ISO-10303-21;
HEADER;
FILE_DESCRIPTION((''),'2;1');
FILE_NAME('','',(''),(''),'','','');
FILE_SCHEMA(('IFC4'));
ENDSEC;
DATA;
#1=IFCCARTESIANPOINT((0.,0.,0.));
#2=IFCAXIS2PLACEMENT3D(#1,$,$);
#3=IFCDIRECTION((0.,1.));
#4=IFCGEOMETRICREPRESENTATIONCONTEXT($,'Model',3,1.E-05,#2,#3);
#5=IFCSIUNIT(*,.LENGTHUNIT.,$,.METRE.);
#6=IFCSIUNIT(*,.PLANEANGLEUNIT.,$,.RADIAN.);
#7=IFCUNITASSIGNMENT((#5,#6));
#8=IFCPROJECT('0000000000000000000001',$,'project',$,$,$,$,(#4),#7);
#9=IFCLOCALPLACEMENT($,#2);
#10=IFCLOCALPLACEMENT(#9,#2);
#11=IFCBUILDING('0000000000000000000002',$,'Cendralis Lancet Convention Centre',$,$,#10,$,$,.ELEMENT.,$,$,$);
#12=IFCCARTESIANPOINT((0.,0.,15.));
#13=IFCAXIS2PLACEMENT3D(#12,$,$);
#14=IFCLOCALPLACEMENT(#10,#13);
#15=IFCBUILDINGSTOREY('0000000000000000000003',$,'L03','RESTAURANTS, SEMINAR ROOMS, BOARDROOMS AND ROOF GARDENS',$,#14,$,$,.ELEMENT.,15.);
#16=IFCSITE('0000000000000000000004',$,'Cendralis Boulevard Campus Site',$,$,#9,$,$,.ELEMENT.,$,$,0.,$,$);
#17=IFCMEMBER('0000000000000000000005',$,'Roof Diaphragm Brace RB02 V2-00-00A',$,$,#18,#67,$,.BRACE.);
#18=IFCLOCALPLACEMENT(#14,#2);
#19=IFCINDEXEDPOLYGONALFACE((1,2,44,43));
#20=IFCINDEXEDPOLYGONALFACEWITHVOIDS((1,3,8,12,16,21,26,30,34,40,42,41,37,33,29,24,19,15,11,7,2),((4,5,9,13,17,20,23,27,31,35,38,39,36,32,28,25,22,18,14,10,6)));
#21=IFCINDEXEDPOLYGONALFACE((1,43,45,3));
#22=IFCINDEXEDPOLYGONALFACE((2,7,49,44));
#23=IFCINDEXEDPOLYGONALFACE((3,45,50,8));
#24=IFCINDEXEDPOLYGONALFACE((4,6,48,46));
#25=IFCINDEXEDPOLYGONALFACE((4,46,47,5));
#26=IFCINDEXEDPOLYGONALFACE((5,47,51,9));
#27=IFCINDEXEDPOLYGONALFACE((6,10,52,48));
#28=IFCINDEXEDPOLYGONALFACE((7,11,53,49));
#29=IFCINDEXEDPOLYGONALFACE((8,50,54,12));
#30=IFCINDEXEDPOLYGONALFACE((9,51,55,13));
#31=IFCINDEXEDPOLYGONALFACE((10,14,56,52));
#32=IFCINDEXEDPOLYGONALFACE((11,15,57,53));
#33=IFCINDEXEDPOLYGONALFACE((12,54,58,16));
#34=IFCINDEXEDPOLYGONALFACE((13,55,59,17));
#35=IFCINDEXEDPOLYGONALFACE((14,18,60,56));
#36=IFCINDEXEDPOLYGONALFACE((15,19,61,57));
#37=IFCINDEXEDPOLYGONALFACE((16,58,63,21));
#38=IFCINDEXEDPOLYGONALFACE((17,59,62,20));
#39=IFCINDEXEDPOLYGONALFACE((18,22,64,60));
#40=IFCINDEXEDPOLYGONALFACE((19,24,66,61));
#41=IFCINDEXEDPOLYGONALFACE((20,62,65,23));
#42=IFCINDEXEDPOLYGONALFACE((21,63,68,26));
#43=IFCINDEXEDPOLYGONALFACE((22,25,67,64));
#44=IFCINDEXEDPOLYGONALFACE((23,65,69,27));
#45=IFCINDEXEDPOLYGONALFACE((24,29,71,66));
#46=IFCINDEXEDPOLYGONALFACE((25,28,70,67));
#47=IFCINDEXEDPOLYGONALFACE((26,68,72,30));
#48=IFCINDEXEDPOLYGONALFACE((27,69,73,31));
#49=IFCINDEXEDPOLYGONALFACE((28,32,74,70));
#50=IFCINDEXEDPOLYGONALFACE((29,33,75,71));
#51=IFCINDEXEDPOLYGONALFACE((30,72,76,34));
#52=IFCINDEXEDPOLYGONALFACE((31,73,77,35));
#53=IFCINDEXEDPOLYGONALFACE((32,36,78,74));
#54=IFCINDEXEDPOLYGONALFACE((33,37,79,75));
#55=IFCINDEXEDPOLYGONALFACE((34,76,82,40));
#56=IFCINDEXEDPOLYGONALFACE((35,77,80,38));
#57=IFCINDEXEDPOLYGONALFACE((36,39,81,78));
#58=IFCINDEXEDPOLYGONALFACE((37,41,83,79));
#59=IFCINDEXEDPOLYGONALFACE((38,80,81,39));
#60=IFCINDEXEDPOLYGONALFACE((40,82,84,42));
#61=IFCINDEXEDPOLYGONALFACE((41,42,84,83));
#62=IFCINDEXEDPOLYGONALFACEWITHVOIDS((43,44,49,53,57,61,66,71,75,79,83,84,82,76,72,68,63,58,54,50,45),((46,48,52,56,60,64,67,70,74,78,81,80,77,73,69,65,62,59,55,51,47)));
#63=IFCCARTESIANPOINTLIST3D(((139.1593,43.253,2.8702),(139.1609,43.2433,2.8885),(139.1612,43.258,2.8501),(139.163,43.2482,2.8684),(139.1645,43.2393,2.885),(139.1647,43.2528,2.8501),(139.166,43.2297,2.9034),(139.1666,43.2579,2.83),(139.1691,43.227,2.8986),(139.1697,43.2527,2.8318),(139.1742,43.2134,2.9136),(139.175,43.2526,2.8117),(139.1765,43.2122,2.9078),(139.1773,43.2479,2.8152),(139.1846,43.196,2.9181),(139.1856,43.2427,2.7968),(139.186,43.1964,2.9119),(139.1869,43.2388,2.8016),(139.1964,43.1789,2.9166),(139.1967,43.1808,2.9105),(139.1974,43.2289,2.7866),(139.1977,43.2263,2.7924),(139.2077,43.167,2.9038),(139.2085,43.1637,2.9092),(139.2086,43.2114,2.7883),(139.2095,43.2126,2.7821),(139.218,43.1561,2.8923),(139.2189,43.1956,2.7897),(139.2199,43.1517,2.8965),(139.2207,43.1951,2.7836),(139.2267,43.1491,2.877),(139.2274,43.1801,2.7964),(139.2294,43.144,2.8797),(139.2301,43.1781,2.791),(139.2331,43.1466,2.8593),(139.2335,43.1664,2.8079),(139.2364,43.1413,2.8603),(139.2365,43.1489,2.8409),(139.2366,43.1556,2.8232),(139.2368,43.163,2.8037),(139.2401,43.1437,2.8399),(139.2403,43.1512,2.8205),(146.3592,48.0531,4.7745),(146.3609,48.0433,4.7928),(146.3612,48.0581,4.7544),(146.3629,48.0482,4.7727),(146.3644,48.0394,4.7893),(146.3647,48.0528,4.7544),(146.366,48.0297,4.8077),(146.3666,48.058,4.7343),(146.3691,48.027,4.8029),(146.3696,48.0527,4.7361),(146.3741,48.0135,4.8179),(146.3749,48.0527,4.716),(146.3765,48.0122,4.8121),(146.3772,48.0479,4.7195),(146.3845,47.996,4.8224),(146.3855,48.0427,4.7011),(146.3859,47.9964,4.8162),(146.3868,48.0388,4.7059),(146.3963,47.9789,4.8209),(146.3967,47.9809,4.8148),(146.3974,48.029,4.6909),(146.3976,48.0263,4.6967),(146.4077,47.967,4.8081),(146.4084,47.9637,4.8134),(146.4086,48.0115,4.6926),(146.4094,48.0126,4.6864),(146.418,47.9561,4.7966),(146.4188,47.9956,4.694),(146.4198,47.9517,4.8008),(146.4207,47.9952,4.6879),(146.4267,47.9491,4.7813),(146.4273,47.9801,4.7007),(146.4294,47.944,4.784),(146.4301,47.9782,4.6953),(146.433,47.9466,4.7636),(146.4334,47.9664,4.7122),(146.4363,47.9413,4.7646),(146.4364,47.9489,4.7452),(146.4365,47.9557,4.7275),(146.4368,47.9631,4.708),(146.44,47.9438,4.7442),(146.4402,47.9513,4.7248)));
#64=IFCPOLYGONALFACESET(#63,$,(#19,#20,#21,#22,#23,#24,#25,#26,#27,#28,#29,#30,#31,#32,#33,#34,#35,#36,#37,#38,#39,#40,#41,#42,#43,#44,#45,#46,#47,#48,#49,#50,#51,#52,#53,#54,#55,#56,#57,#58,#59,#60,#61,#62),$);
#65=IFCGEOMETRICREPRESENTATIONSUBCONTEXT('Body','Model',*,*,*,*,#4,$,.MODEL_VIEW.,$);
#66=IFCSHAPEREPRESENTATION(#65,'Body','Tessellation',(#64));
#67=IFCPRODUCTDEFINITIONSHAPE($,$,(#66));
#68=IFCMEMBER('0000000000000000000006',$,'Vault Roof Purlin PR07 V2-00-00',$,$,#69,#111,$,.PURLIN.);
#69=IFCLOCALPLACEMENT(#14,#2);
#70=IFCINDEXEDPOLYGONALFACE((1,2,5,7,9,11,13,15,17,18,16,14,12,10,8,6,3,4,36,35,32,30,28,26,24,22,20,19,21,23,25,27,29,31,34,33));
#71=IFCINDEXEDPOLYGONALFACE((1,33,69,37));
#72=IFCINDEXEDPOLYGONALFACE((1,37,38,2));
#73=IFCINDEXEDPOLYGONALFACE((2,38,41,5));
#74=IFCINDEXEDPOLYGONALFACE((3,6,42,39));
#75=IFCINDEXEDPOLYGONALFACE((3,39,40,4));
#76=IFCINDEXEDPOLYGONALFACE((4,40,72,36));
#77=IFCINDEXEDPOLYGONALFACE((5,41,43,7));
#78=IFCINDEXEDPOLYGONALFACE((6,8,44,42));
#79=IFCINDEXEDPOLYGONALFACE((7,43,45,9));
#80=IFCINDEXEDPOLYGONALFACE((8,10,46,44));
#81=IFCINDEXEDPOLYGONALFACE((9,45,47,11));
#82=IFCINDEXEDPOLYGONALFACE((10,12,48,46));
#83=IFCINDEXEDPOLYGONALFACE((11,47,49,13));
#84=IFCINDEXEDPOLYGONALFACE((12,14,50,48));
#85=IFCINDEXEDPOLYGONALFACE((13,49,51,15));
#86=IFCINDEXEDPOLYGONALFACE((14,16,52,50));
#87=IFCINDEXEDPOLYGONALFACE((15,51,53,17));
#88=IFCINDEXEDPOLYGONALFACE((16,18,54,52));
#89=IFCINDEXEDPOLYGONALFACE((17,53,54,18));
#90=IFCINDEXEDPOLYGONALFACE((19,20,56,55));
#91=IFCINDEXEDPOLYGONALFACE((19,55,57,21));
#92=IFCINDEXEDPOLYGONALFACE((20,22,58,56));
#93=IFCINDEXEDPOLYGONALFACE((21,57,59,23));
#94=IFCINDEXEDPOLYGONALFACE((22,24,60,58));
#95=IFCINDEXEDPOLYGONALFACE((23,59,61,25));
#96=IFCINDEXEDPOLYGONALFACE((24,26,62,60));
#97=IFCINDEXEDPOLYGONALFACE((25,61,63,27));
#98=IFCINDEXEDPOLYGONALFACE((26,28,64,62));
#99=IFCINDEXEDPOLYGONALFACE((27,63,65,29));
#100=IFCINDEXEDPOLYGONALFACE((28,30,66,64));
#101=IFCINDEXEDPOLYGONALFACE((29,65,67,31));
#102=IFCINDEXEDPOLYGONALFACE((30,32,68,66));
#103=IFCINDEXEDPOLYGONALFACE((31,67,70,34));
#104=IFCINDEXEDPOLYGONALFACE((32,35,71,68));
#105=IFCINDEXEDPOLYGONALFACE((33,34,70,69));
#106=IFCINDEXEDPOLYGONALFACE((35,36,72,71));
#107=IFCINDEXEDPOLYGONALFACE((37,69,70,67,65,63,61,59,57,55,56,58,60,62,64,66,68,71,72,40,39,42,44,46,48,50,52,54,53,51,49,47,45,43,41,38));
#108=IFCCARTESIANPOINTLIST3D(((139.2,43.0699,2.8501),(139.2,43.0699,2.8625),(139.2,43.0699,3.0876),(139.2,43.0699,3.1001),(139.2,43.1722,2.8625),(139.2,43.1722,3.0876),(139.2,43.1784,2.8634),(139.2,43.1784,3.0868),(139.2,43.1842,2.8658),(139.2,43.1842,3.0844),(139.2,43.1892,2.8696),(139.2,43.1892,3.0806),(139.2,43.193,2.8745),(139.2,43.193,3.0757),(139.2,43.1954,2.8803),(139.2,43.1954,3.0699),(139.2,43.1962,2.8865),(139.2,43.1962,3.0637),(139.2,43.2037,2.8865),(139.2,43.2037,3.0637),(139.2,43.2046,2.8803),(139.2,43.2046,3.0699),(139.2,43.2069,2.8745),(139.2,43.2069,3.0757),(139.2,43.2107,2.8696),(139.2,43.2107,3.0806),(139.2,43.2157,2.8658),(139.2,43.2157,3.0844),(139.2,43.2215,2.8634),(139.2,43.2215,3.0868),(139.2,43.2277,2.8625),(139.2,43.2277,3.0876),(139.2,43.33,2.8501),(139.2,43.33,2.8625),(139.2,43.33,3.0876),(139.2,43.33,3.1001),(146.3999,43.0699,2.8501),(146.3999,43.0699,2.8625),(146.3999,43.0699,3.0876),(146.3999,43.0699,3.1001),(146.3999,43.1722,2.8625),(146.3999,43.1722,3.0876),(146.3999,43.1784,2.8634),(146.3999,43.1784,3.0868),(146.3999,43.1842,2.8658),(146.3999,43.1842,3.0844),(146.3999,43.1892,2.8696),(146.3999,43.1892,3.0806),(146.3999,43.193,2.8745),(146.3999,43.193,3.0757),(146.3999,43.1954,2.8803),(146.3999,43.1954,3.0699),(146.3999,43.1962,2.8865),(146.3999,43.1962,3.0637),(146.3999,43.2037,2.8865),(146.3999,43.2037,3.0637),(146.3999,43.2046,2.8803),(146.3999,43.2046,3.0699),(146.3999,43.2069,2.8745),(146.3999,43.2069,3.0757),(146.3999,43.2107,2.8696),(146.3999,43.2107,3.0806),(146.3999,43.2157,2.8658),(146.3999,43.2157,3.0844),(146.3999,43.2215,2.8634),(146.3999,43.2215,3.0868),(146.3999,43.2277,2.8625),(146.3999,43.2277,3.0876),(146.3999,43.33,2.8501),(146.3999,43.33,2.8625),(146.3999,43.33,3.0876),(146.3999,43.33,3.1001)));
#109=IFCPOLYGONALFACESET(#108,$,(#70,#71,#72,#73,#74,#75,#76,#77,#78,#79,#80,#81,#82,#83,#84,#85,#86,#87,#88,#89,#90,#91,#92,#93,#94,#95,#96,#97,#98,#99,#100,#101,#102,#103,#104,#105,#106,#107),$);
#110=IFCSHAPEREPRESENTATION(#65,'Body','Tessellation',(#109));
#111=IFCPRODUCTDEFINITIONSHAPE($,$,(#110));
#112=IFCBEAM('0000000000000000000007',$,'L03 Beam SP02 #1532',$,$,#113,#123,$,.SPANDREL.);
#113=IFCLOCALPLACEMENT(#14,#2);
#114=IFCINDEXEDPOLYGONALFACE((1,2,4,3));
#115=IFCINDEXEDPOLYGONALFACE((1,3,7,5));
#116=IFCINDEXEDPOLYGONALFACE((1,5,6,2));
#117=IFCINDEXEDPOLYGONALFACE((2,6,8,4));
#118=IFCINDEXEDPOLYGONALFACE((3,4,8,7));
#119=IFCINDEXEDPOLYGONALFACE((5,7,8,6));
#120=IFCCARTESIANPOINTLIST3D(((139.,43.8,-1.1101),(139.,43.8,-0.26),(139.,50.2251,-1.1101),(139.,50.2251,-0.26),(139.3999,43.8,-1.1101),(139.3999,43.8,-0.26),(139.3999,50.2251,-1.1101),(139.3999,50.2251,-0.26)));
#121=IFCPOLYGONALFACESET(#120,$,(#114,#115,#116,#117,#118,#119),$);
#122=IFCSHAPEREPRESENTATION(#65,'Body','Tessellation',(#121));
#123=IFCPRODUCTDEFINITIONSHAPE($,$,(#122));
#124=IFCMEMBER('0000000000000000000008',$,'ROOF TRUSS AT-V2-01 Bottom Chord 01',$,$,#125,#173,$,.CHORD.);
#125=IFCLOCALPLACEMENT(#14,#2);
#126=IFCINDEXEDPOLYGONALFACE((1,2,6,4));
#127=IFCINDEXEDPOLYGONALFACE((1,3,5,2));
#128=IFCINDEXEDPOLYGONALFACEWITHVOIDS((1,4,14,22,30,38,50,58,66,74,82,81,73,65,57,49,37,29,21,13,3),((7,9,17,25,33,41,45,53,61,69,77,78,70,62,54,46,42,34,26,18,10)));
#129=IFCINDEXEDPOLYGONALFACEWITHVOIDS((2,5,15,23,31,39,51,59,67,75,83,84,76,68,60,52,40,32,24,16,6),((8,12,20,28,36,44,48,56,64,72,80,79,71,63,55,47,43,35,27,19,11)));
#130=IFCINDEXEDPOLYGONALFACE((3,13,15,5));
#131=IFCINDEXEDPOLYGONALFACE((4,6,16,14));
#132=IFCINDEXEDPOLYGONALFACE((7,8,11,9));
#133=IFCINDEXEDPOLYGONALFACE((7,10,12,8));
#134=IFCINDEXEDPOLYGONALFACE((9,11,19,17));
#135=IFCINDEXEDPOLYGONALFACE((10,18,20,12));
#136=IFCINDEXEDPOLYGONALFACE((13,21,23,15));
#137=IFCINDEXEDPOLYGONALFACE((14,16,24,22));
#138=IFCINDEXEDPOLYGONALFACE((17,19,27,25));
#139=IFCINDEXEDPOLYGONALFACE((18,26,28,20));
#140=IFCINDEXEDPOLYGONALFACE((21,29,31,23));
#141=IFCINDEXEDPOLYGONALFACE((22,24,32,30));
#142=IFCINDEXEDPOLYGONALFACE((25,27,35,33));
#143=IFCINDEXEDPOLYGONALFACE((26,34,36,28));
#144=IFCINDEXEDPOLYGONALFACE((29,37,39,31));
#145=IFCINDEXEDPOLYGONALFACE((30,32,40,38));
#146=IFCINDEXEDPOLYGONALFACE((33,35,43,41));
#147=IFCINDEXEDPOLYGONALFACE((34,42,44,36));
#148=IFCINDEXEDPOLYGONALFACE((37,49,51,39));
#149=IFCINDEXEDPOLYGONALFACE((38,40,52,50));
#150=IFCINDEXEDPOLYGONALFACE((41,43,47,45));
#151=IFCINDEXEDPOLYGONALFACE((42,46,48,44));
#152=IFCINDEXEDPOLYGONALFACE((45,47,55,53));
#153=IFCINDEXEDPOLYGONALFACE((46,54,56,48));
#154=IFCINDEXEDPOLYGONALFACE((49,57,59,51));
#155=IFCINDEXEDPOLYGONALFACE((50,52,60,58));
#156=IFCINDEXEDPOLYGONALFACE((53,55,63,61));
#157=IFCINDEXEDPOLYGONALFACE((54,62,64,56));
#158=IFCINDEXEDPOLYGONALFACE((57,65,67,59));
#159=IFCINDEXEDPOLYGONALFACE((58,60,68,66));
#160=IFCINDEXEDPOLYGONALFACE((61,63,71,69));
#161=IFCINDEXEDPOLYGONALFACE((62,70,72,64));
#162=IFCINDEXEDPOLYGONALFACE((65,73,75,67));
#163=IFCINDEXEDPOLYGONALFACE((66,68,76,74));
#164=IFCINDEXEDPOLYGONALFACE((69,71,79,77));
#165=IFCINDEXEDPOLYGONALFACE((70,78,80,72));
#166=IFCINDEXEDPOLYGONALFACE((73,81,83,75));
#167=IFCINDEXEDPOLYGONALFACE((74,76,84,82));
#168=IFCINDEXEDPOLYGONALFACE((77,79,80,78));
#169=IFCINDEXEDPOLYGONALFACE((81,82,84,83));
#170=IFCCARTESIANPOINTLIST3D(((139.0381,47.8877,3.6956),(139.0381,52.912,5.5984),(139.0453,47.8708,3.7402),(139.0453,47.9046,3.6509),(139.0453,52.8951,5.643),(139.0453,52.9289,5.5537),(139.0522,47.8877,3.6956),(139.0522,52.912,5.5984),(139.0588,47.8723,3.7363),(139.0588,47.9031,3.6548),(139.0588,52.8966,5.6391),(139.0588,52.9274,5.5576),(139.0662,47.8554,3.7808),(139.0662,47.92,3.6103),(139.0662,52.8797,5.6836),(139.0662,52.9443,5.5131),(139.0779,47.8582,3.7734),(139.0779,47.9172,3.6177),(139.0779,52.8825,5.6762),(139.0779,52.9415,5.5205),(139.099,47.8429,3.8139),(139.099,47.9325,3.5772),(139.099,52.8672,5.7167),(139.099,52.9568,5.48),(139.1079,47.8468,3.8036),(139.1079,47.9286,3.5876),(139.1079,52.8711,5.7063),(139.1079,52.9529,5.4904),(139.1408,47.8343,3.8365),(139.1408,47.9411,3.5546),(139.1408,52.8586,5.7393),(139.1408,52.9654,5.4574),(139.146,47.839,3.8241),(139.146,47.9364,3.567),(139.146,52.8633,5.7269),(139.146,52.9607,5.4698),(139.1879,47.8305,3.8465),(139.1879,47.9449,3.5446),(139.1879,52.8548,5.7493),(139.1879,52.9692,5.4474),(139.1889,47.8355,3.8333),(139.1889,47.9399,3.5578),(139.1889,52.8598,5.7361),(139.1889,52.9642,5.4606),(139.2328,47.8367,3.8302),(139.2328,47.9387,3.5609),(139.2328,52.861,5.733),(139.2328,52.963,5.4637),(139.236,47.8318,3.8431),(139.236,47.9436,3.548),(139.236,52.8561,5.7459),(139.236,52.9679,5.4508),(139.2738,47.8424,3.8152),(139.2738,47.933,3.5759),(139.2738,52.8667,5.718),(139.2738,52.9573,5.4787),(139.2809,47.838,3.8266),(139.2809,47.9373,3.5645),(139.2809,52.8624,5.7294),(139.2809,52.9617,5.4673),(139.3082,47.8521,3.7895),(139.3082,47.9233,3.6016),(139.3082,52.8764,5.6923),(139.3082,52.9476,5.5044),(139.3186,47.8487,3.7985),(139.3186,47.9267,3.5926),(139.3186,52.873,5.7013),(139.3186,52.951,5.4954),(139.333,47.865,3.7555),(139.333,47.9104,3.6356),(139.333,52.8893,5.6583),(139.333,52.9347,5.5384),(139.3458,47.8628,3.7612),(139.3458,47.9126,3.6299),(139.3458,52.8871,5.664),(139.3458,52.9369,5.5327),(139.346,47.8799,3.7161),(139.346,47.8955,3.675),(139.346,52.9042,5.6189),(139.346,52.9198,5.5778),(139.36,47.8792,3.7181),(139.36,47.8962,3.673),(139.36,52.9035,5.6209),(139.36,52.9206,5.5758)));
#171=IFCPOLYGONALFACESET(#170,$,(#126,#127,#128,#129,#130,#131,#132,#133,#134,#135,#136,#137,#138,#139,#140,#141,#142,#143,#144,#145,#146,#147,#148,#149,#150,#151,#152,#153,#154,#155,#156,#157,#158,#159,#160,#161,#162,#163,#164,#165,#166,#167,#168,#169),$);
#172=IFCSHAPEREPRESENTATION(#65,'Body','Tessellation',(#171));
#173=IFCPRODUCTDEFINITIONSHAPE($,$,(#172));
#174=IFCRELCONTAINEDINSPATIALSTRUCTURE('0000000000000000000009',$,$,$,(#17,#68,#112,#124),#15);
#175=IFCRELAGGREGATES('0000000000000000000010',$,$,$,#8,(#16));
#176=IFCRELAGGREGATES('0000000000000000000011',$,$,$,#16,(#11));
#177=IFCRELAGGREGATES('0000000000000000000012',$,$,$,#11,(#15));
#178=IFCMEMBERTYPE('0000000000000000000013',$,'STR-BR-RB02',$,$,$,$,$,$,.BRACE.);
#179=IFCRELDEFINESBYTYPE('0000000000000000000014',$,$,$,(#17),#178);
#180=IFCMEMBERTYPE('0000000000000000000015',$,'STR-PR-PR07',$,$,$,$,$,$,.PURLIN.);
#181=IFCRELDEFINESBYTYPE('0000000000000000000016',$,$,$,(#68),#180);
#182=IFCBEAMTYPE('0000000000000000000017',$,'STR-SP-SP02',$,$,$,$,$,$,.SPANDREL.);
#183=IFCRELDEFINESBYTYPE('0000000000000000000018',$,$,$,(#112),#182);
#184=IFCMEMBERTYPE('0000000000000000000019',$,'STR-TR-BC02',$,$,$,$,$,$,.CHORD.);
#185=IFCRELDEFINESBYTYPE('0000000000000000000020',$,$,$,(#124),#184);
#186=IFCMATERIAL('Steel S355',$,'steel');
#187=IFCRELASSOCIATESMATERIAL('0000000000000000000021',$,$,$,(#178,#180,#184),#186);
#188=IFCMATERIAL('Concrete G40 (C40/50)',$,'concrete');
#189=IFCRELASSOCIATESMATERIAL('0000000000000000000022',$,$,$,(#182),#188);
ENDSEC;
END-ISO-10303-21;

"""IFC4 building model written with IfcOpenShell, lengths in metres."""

from ifc_helpers import new_model, si_unit, direction, frame, origin, origin_2d, place, context, subcontext, project, spatial, rectangle, hollow_circle, i_section, extrude, material, material_profile, profile_set, type_object, element, save


model = new_model("IFC4")

# Units and contexts
model_context = context("Model", 3, precision=1e-05, world=origin(), true_north=direction((0.0, 1.0)))
body_context = subcontext(model_context, "Body", "Model", "MODEL_VIEW")
ifc_project = project(units=[si_unit("LENGTHUNIT", "METRE"), si_unit("PLANEANGLEUNIT", "RADIAN")], contexts=[model_context])

# Site, building, storey
site_placement = place(None, origin())
site = spatial("IfcSite", under=ifc_project, at=site_placement, Name="Cendralis Boulevard Campus Site", CompositionType="ELEMENT", RefElevation=0.0)
building_placement = place(site_placement, origin())
building = spatial("IfcBuilding", under=site, at=building_placement, Name="Cendralis Lancet Convention Centre", CompositionType="ELEMENT")
storey_placement = place(building_placement, frame((0.0, 0.0, 15.0)))
storey = spatial("IfcBuildingStorey", under=building, at=storey_placement, Name="L03", Description="RESTAURANTS, SEMINAR ROOMS, BOARDROOMS AND ROOF GARDENS", CompositionType="ELEMENT", Elevation=15.0)

# Members
ifc_material_1 = material(Name="Steel S355", Category="steel")
ifc_material_profile_1 = material_profile(ifc_material_1, hollow_circle(Radius=0.0698, WallThickness=0.0063, at=origin_2d()), Name="CHS 139.7x6.3")
ifc_profile_set_1 = profile_set([ifc_material_profile_1], Name="Steel S355")
member_type_1 = type_object("IfcMemberType", Name="STR-BR-RB02", PredefinedType="BRACE", material=ifc_profile_set_1)
member_1_placement = place(storey_placement, frame((139.2, 43.2, 2.8501), z_axis=(0.812602, 0.541744, 0.214923), x_axis=(-0.554707, 0.832046, 0.0)))
element("IfcMember", 1, at=member_1_placement, inside=storey, type_object=member_type_1, Name="Roof Diaphragm Brace RB02 V2-00-00A", PredefinedType="BRACE", context=body_context, shape_type="SweptSolid", body=[
    extrude(hollow_circle(Radius=0.0698, WallThickness=0.0063, at=origin_2d()), origin(), (0.0, 0.0, 1.0), 8.8604),
])
ifc_material_profile_2 = material_profile(ifc_material_1, i_section(OverallWidth=0.26, OverallDepth=0.25, WebThickness=0.0076, FlangeThickness=0.0125, FilletRadius=0.0239, at=origin_2d()), Name="HEA 260")
ifc_profile_set_2 = profile_set([ifc_material_profile_2], Name="Steel S355")
member_type_2 = type_object("IfcMemberType", Name="STR-PR-PR07", PredefinedType="PURLIN", material=ifc_profile_set_2)
member_2_placement = place(storey_placement, frame((139.2, 43.2, 2.9751), z_axis=(1.0, 0.0, 0.0), x_axis=(0.0, 1.0, 0.0)))
element("IfcMember", 2, at=member_2_placement, inside=storey, type_object=member_type_2, Name="Vault Roof Purlin PR07 V2-00-00", PredefinedType="PURLIN", context=body_context, shape_type="SweptSolid", body=[
    extrude(i_section(OverallWidth=0.26, OverallDepth=0.25, WebThickness=0.0076, FlangeThickness=0.0125, FilletRadius=0.0239, at=origin_2d()), origin(), (0.0, 0.0, 1.0), 7.2),
])

# Beam
ifc_material_2 = material(Name="Concrete G40 (C40/50)", Category="concrete")
ifc_material_profile_3 = material_profile(ifc_material_2, rectangle(XDim=0.3999, YDim=0.8501, at=origin_2d()), Name="RCB 400x850")
ifc_profile_set_3 = profile_set([ifc_material_profile_3], Name="Concrete G40 (C40/50)")
beam_type = type_object("IfcBeamType", Name="STR-SP-SP02", PredefinedType="SPANDREL", material=ifc_profile_set_3)
beam_placement = place(storey_placement, frame((139.2, 43.8, -0.6851), z_axis=(0.0, 1.0, 0.0), x_axis=(-1.0, 0.0, 0.0)))
element("IfcBeam", 3, at=beam_placement, inside=storey, type_object=beam_type, Name="L03 Beam SP02 #1532", PredefinedType="SPANDREL", context=body_context, shape_type="SweptSolid", body=[
    extrude(rectangle(XDim=0.3999, YDim=0.8501, at=origin_2d()), origin(), (0.0, 0.0, 1.0), 6.425),
])

# Member
ifc_material_profile_4 = material_profile(ifc_material_1, hollow_circle(Radius=0.1619, WallThickness=0.0142, at=origin_2d()), Name="CHS 323.9x14.2")
ifc_profile_set_4 = profile_set([ifc_material_profile_4], Name="Steel S355")
member_type_3 = type_object("IfcMemberType", Name="STR-TR-BC02", PredefinedType="CHORD", material=ifc_profile_set_4)
member_3_placement = place(storey_placement, frame((139.2, 47.8877, 3.6956), z_axis=(0.0, 0.935181, 0.354169), x_axis=(-1.0, 0.0, 0.0)))
element("IfcMember", 4, at=member_3_placement, inside=storey, type_object=member_type_3, Name="ROOF TRUSS AT-V2-01 Bottom Chord 01", PredefinedType="CHORD", context=body_context, shape_type="SweptSolid", body=[
    extrude(hollow_circle(Radius=0.1619, WallThickness=0.0142, at=origin_2d()), origin(), (0.0, 0.0, 1.0), 5.3726),
])

save(model, "model.ifc")
